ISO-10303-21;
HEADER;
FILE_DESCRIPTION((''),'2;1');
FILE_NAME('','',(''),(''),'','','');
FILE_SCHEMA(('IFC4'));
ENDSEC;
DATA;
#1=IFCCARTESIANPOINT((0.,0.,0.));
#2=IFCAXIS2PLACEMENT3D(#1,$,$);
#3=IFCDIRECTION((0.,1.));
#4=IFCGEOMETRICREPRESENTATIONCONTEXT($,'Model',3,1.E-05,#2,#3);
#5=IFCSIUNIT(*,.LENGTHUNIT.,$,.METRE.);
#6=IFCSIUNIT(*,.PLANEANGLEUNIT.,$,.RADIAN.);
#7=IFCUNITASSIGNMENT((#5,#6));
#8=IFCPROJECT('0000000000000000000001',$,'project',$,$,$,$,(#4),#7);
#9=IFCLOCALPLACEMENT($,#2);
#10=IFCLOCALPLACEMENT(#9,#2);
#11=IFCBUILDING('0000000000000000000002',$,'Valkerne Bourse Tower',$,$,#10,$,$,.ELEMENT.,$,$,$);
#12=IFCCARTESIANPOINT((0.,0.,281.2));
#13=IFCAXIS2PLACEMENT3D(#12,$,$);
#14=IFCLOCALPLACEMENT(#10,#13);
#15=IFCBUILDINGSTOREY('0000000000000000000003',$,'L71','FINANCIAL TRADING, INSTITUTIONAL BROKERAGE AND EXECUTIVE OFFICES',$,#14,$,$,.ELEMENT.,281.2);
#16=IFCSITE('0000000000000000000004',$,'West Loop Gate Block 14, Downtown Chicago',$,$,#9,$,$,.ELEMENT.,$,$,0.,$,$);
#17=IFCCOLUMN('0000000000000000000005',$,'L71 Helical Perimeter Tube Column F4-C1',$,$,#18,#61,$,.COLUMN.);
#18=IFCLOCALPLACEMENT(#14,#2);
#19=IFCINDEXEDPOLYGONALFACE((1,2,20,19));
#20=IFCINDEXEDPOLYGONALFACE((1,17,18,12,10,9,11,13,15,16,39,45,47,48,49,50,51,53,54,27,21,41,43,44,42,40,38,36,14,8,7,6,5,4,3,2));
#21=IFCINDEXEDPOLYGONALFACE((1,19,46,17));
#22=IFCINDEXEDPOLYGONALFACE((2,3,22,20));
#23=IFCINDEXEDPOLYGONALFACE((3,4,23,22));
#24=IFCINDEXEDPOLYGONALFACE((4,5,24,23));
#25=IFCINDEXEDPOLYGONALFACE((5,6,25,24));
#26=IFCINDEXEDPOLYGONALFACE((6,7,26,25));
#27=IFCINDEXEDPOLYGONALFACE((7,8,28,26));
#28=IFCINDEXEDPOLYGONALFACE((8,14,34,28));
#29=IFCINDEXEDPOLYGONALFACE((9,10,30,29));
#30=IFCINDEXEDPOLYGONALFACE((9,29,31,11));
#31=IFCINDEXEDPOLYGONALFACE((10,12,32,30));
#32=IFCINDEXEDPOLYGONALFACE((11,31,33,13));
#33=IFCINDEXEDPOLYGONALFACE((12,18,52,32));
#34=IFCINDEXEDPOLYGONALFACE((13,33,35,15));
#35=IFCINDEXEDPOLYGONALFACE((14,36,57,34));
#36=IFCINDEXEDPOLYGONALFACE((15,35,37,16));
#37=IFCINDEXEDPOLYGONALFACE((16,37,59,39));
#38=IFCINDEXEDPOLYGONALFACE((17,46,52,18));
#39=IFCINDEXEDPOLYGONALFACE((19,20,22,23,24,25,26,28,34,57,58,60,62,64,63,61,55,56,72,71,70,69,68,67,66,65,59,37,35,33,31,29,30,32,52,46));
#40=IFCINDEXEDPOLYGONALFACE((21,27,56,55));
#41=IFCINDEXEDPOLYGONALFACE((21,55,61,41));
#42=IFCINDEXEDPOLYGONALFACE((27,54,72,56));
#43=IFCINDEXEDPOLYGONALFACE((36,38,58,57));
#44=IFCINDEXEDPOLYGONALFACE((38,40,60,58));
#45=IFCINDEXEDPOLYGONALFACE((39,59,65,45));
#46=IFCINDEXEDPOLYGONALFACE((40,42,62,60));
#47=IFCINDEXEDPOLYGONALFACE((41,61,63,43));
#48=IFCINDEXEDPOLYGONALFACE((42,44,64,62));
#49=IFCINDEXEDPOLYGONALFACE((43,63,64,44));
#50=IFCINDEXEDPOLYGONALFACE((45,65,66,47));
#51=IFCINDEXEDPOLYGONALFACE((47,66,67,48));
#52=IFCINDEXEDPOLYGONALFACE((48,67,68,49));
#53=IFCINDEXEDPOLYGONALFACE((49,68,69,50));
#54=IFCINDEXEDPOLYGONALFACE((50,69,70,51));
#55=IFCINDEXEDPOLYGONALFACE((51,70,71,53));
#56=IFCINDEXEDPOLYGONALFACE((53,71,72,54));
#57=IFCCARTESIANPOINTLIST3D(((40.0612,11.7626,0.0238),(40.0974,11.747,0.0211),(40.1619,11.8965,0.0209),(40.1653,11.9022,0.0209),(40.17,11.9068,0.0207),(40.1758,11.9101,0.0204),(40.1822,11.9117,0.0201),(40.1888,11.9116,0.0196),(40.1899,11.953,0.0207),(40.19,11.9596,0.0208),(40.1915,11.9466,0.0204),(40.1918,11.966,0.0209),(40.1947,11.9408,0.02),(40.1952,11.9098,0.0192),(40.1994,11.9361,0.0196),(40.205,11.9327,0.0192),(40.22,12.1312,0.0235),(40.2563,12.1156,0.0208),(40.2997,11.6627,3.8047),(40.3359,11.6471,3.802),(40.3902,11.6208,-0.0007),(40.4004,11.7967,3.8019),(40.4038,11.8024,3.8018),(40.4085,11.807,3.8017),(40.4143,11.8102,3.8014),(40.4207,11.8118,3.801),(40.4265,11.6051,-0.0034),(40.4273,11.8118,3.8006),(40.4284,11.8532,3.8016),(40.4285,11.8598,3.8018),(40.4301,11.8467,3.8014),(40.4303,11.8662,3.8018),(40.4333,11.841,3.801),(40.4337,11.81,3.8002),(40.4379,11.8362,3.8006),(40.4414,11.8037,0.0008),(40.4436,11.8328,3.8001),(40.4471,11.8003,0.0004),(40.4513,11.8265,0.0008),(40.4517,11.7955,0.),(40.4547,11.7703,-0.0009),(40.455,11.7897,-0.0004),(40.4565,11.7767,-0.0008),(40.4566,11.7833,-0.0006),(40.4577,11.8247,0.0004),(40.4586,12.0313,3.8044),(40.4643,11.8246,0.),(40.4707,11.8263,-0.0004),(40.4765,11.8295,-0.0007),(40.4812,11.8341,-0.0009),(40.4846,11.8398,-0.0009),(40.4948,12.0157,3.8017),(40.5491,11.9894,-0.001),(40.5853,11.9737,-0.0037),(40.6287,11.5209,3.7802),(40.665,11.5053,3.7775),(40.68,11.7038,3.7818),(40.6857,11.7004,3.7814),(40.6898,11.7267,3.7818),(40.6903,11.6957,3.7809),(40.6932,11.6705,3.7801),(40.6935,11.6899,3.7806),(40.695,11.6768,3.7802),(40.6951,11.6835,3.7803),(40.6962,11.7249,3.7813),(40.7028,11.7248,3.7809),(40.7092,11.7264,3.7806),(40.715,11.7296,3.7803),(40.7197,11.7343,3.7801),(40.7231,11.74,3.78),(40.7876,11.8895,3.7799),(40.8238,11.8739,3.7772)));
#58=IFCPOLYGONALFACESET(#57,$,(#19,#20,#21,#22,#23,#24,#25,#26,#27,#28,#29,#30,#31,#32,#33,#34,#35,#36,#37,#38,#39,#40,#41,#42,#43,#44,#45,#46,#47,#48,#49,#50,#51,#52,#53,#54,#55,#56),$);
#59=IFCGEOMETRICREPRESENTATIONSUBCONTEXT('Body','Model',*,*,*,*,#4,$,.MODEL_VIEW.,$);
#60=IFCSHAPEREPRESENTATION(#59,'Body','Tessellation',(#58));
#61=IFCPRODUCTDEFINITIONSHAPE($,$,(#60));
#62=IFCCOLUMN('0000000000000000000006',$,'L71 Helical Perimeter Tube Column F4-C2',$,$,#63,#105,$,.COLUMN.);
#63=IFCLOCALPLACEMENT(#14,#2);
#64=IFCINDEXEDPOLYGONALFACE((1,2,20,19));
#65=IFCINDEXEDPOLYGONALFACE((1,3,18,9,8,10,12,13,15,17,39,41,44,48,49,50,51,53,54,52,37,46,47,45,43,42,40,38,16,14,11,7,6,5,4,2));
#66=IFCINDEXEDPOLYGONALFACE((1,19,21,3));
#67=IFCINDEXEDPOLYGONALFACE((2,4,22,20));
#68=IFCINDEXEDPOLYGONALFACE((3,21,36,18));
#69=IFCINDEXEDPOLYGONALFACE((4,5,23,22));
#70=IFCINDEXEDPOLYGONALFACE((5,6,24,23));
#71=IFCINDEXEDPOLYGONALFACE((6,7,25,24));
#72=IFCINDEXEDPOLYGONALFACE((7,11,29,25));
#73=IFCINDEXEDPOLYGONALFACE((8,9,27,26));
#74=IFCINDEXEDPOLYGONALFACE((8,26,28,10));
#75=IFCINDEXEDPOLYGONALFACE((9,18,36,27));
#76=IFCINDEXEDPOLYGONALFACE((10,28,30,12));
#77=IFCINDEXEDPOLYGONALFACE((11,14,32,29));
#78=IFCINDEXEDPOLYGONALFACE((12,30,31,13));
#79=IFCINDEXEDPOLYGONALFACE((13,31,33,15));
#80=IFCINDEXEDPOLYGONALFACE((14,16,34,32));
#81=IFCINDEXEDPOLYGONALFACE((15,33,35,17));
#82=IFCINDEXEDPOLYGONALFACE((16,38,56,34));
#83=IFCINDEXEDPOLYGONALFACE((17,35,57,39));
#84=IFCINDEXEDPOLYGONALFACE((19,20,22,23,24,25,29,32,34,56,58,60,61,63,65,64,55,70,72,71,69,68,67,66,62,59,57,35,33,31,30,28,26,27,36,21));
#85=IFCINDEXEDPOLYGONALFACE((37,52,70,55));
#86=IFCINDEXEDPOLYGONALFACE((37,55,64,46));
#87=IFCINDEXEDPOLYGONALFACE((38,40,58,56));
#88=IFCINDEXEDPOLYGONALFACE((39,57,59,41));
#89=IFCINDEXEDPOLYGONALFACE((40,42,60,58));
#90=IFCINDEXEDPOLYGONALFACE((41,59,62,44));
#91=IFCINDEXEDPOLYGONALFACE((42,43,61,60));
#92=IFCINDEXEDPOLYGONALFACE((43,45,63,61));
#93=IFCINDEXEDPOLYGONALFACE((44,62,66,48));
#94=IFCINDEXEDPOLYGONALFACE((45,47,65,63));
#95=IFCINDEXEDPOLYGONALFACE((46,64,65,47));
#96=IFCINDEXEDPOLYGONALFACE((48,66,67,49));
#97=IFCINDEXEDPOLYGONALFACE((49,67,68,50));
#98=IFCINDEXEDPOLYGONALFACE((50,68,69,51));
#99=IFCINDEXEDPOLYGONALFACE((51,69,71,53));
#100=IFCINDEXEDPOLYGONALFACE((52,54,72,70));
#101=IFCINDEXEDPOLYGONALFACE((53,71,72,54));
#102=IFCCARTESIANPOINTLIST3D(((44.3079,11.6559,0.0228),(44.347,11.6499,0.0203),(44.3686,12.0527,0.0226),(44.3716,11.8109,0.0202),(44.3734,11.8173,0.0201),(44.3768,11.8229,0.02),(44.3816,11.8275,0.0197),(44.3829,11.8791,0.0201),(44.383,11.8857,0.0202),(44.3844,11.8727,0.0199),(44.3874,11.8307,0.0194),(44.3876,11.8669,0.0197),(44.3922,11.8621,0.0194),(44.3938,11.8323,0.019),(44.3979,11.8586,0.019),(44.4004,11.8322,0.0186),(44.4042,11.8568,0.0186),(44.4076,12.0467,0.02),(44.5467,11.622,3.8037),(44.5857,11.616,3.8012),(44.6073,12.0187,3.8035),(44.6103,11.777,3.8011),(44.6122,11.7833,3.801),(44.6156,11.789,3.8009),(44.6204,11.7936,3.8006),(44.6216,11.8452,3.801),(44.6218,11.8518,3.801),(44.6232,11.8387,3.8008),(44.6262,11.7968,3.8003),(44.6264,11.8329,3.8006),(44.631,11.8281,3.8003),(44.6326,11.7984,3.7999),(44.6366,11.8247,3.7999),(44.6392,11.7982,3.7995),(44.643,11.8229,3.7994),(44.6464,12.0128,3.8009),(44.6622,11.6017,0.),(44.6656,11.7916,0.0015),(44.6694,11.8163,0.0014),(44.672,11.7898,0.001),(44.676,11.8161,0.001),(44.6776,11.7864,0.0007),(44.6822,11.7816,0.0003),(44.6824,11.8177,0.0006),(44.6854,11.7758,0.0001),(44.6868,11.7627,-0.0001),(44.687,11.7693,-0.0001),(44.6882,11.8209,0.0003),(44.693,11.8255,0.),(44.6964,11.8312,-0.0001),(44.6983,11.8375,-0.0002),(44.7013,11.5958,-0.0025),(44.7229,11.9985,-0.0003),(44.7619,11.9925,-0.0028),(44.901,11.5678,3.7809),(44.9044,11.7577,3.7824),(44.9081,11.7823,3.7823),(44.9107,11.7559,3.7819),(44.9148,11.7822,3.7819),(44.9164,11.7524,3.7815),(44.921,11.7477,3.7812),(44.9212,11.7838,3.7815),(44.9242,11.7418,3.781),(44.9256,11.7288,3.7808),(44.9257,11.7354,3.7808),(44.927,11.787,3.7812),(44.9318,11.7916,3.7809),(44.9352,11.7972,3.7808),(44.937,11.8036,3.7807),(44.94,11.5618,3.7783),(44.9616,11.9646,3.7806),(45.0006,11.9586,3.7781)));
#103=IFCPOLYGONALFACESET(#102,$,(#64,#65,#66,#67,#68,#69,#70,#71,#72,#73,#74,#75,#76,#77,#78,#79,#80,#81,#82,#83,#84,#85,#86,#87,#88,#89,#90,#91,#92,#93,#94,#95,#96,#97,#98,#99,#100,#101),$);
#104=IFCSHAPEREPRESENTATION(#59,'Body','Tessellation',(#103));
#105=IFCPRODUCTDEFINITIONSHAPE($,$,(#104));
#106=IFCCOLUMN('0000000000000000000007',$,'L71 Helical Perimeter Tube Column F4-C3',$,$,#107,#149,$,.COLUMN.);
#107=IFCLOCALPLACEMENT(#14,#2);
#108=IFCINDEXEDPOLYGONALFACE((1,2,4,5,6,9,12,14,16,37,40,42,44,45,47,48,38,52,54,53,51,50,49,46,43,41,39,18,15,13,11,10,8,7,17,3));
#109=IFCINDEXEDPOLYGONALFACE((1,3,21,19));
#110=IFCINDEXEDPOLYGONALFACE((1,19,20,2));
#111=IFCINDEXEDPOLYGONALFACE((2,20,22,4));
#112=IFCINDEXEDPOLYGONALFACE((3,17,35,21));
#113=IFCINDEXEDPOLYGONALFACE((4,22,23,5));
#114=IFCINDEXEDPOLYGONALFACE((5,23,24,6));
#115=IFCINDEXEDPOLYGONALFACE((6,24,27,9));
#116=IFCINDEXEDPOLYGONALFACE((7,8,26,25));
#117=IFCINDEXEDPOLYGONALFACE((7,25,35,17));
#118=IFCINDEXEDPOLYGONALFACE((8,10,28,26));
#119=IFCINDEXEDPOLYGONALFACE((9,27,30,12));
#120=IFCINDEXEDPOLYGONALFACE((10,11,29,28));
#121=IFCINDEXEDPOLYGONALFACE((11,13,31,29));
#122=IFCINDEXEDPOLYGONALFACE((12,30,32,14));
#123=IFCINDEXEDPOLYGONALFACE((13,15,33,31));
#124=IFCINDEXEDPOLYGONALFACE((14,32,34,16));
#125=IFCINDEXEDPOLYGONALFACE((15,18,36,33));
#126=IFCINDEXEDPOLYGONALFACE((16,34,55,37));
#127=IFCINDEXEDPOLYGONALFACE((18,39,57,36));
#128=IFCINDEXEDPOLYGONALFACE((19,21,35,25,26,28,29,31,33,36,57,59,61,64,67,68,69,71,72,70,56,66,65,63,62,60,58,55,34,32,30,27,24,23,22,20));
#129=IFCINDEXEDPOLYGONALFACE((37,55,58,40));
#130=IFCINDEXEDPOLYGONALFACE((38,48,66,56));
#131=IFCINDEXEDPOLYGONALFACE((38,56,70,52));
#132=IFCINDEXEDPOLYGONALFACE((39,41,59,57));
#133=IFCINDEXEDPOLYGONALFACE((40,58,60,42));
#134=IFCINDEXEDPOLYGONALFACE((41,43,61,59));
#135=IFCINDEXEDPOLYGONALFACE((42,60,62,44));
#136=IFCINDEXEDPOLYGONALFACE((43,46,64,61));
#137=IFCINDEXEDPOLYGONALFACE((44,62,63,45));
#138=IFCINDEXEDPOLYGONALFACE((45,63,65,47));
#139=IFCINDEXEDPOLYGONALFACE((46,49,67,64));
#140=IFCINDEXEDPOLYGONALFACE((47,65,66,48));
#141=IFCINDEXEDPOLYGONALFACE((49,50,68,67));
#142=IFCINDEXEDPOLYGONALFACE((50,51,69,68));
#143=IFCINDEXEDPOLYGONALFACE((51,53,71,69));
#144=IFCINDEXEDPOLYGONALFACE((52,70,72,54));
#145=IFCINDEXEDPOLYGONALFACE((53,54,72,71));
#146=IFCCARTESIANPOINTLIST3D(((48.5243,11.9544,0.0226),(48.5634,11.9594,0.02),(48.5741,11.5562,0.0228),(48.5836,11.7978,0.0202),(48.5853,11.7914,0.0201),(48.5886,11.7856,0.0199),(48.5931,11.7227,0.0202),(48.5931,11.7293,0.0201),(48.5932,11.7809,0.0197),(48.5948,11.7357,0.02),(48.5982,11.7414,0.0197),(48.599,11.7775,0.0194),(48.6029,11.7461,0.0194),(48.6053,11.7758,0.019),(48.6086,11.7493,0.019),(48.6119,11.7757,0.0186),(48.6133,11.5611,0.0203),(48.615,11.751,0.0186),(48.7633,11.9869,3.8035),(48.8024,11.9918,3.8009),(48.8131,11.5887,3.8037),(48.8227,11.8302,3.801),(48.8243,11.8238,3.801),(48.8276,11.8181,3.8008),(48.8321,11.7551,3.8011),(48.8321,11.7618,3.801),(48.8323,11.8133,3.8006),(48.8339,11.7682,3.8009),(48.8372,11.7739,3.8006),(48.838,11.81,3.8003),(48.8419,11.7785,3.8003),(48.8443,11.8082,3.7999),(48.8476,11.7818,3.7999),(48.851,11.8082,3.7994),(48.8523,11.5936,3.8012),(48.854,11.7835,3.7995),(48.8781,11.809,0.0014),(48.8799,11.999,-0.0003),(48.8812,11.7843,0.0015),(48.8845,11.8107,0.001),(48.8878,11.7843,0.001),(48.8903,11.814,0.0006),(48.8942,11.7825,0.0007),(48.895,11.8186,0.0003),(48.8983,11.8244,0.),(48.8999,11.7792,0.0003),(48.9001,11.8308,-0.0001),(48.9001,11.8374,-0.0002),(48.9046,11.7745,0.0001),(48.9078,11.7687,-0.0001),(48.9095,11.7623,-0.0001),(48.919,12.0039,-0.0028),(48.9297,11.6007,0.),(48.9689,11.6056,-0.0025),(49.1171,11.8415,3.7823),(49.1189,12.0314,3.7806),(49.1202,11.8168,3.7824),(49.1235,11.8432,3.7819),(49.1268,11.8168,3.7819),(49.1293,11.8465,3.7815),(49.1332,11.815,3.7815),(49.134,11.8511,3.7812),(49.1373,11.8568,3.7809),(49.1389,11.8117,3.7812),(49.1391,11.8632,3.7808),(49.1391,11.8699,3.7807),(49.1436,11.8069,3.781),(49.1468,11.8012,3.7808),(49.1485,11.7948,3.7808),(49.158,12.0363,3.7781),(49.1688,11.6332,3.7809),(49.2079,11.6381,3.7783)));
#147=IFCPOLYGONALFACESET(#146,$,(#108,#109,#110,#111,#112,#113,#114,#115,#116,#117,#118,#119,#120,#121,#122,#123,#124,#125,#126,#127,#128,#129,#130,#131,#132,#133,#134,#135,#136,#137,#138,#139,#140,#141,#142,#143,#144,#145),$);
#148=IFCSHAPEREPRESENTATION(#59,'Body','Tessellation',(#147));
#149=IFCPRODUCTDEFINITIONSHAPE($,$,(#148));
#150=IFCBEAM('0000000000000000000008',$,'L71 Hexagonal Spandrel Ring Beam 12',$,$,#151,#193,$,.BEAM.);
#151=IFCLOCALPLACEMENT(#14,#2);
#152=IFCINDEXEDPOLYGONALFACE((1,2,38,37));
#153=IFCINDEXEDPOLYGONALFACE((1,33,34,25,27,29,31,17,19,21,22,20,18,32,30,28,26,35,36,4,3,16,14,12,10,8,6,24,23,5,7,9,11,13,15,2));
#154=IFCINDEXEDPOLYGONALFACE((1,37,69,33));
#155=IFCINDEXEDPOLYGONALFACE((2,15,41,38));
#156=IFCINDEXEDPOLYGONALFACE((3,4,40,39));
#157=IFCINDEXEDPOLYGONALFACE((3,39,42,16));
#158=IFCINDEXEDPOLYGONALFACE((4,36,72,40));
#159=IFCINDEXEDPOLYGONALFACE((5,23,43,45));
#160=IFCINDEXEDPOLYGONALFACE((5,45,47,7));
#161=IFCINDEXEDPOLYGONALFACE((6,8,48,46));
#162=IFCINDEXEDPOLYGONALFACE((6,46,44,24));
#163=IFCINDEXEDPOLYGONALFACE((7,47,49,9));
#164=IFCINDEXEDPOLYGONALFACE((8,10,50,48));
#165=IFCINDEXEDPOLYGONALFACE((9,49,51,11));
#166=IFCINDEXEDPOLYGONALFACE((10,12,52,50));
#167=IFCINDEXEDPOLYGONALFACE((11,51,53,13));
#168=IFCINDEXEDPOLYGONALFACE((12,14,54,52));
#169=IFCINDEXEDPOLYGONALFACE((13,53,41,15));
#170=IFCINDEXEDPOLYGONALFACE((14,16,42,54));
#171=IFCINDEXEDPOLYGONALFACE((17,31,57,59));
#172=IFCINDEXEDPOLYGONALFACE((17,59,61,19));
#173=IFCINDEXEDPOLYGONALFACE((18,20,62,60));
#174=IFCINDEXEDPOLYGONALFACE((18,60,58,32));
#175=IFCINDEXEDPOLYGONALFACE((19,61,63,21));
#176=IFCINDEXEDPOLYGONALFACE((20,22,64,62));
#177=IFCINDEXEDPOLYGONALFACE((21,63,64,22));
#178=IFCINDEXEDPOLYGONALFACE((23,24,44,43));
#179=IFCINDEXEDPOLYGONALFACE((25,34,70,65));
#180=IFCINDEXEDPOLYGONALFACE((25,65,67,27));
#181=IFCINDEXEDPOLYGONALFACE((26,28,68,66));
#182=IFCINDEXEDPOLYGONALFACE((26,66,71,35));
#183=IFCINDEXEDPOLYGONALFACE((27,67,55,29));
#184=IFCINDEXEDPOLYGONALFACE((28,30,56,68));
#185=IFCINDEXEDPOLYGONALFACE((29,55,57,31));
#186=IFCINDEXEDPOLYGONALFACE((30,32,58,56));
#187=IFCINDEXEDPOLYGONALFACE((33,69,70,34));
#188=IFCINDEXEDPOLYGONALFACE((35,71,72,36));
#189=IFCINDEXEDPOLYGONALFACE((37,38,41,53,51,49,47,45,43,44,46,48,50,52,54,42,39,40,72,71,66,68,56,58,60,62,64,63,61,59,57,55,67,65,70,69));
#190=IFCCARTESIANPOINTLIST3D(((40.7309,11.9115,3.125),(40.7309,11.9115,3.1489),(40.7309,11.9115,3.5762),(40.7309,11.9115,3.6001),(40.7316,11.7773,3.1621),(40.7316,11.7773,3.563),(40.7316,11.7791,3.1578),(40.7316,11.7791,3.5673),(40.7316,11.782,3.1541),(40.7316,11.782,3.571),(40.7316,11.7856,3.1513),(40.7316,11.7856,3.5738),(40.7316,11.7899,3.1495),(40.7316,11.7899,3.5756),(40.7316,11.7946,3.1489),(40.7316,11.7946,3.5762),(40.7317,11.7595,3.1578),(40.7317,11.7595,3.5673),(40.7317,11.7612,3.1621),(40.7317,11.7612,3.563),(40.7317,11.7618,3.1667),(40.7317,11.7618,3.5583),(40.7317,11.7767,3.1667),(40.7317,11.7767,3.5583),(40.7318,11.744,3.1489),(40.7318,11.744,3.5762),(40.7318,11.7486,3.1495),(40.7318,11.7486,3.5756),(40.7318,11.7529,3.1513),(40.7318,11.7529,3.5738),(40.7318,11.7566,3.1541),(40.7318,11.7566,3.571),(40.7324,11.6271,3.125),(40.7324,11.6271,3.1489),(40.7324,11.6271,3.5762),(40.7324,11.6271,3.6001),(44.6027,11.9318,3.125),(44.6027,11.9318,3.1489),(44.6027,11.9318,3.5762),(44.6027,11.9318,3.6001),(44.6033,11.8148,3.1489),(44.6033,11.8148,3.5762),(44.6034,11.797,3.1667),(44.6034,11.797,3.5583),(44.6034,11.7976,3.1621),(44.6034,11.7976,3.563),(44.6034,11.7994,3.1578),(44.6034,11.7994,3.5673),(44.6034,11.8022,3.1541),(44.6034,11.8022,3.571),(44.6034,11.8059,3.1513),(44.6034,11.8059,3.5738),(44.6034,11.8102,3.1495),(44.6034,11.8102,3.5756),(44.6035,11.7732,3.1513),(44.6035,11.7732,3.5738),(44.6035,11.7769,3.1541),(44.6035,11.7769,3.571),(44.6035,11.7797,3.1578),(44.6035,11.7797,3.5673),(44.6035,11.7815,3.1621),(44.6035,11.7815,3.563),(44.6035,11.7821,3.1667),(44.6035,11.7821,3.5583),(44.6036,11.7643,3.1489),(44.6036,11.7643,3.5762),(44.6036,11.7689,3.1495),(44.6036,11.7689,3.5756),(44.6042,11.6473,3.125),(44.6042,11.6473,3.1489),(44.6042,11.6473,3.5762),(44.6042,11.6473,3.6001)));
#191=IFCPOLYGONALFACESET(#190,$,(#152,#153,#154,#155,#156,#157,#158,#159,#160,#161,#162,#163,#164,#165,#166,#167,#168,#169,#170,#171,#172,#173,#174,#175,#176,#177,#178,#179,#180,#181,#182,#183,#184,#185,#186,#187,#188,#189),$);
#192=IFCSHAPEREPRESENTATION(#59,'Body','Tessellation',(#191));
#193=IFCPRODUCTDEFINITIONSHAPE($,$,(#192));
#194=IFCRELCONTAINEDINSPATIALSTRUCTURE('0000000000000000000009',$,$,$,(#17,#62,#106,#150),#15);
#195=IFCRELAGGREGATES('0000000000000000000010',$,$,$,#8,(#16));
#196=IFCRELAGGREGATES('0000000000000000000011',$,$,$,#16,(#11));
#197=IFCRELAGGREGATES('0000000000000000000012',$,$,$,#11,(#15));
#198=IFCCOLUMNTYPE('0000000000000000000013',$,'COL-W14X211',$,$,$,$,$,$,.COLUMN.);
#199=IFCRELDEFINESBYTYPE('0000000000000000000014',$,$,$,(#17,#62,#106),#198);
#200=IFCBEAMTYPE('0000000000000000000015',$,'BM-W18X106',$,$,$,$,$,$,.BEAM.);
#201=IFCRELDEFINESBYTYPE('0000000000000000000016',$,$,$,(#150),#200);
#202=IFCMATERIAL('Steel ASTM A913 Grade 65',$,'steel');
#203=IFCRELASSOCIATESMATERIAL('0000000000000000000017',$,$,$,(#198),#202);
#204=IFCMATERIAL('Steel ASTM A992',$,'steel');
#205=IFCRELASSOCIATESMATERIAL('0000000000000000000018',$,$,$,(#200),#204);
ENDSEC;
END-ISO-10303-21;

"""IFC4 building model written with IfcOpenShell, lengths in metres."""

from ifc_helpers import new_model, si_unit, direction, frame, origin, origin_2d, place, context, subcontext, project, spatial, i_section, extrude, material, material_profile, profile_set, type_object, element, save


model = new_model("IFC4")

# Units and contexts
model_context = context("Model", 3, precision=1e-05, world=origin(), true_north=direction((0.0, 1.0)))
body_context = subcontext(model_context, "Body", "Model", "MODEL_VIEW")
ifc_project = project(units=[si_unit("LENGTHUNIT", "METRE"), si_unit("PLANEANGLEUNIT", "RADIAN")], contexts=[model_context])

# Site, building, storey
site_placement = place(None, origin())
site = spatial("IfcSite", under=ifc_project, at=site_placement, Name="West Loop Gate Block 14, Downtown Chicago", CompositionType="ELEMENT", RefElevation=0.0)
building_placement = place(site_placement, origin())
building = spatial("IfcBuilding", under=site, at=building_placement, Name="Valkerne Bourse Tower", CompositionType="ELEMENT")
storey_placement = place(building_placement, frame((0.0, 0.0, 281.2)))
storey = spatial("IfcBuildingStorey", under=building, at=storey_placement, Name="L71", Description="FINANCIAL TRADING, INSTITUTIONAL BROKERAGE AND EXECUTIVE OFFICES", CompositionType="ELEMENT", Elevation=281.2)

# Columns
ifc_material_1 = material(Name="Steel ASTM A913 Grade 65", Category="steel")
ifc_material_profile_1 = material_profile(ifc_material_1, i_section(OverallWidth=0.4014, OverallDepth=0.3987, WebThickness=0.0249, FlangeThickness=0.0396, FilletRadius=0.0254, at=origin_2d()), Name="W14X211")
ifc_profile_set_1 = profile_set([ifc_material_profile_1], Name="Steel ASTM A913 Grade 65")
column_type = type_object("IfcColumnType", Name="COL-W14X211", PredefinedType="COLUMN", material=ifc_profile_set_1)
column_placement = place(storey_placement, frame((40.3232, 11.8682, 0.01), z_axis=(0.062938, -0.026348, 0.99767), x_axis=(0.395773, 0.918348, -0.000714)))
element("IfcColumn", 1, at=column_placement, inside=storey, type_object=column_type, Name="L71 Helical Perimeter Tube Column F4-C1", PredefinedType="COLUMN", context=body_context, shape_type="SweptSolid", body=[
    extrude(i_section(OverallWidth=0.4014, OverallDepth=0.3987, WebThickness=0.0249, FlangeThickness=0.0396, FilletRadius=0.0254, at=origin_2d()), origin(), (0.0, 0.0, 1.0), 3.7898),
])
for number, where, z_axis, x_axis, name in (
    (2, (44.5349, 11.8242, 0.01), (0.063022, -0.008957, 0.997972), (0.151052, 0.988526, -0.000667), "L71 Helical Perimeter Tube Column F4-C2"),
    (3, (48.7466, 11.78, 0.01), (0.063086, 0.00857, 0.997971), (-0.124254, 0.99225, -0.000667), "L71 Helical Perimeter Tube Column F4-C3"),
):
    element("IfcColumn", number, at=place(storey_placement, frame(where, z_axis=z_axis, x_axis=x_axis)), inside=storey, type_object=column_type, Name=name, PredefinedType="COLUMN", context=body_context, shape_type="SweptSolid", body=[
        extrude(i_section(OverallWidth=0.4014, OverallDepth=0.3987, WebThickness=0.0249, FlangeThickness=0.0396, FilletRadius=0.0254, at=origin_2d()), origin(), (0.0, 0.0, 1.0), 3.7886),
    ])

# Beam
ifc_material_2 = material(Name="Steel ASTM A992", Category="steel")
ifc_material_profile_2 = material_profile(ifc_material_2, i_section(OverallWidth=0.2844, OverallDepth=0.4751, WebThickness=0.0149, FlangeThickness=0.0239, FilletRadius=0.0178, at=origin_2d()), Name="W18X106")
ifc_profile_set_2 = profile_set([ifc_material_profile_2], Name="Steel ASTM A992")
beam_type_1 = type_object("IfcBeamType", Name="BM-W18X106", PredefinedType="BEAM", material=ifc_profile_set_2)
beam_1_placement = place(storey_placement, frame((40.7317, 11.7693, 3.3625), z_axis=(0.999986, 0.005234, 0.0), x_axis=(-0.005234, 0.999986, 0.0)))
element("IfcBeam", 4, at=beam_1_placement, inside=storey, type_object=beam_type_1, Name="L71 Hexagonal Spandrel Ring Beam 12", PredefinedType="BEAM", context=body_context, shape_type="SweptSolid", body=[
    extrude(i_section(OverallWidth=0.2844, OverallDepth=0.4751, WebThickness=0.0149, FlangeThickness=0.0239, FilletRadius=0.0178, at=origin_2d()), origin(), (0.0, 0.0, 1.0), 3.8718),
])

save(model, "model.ifc")
